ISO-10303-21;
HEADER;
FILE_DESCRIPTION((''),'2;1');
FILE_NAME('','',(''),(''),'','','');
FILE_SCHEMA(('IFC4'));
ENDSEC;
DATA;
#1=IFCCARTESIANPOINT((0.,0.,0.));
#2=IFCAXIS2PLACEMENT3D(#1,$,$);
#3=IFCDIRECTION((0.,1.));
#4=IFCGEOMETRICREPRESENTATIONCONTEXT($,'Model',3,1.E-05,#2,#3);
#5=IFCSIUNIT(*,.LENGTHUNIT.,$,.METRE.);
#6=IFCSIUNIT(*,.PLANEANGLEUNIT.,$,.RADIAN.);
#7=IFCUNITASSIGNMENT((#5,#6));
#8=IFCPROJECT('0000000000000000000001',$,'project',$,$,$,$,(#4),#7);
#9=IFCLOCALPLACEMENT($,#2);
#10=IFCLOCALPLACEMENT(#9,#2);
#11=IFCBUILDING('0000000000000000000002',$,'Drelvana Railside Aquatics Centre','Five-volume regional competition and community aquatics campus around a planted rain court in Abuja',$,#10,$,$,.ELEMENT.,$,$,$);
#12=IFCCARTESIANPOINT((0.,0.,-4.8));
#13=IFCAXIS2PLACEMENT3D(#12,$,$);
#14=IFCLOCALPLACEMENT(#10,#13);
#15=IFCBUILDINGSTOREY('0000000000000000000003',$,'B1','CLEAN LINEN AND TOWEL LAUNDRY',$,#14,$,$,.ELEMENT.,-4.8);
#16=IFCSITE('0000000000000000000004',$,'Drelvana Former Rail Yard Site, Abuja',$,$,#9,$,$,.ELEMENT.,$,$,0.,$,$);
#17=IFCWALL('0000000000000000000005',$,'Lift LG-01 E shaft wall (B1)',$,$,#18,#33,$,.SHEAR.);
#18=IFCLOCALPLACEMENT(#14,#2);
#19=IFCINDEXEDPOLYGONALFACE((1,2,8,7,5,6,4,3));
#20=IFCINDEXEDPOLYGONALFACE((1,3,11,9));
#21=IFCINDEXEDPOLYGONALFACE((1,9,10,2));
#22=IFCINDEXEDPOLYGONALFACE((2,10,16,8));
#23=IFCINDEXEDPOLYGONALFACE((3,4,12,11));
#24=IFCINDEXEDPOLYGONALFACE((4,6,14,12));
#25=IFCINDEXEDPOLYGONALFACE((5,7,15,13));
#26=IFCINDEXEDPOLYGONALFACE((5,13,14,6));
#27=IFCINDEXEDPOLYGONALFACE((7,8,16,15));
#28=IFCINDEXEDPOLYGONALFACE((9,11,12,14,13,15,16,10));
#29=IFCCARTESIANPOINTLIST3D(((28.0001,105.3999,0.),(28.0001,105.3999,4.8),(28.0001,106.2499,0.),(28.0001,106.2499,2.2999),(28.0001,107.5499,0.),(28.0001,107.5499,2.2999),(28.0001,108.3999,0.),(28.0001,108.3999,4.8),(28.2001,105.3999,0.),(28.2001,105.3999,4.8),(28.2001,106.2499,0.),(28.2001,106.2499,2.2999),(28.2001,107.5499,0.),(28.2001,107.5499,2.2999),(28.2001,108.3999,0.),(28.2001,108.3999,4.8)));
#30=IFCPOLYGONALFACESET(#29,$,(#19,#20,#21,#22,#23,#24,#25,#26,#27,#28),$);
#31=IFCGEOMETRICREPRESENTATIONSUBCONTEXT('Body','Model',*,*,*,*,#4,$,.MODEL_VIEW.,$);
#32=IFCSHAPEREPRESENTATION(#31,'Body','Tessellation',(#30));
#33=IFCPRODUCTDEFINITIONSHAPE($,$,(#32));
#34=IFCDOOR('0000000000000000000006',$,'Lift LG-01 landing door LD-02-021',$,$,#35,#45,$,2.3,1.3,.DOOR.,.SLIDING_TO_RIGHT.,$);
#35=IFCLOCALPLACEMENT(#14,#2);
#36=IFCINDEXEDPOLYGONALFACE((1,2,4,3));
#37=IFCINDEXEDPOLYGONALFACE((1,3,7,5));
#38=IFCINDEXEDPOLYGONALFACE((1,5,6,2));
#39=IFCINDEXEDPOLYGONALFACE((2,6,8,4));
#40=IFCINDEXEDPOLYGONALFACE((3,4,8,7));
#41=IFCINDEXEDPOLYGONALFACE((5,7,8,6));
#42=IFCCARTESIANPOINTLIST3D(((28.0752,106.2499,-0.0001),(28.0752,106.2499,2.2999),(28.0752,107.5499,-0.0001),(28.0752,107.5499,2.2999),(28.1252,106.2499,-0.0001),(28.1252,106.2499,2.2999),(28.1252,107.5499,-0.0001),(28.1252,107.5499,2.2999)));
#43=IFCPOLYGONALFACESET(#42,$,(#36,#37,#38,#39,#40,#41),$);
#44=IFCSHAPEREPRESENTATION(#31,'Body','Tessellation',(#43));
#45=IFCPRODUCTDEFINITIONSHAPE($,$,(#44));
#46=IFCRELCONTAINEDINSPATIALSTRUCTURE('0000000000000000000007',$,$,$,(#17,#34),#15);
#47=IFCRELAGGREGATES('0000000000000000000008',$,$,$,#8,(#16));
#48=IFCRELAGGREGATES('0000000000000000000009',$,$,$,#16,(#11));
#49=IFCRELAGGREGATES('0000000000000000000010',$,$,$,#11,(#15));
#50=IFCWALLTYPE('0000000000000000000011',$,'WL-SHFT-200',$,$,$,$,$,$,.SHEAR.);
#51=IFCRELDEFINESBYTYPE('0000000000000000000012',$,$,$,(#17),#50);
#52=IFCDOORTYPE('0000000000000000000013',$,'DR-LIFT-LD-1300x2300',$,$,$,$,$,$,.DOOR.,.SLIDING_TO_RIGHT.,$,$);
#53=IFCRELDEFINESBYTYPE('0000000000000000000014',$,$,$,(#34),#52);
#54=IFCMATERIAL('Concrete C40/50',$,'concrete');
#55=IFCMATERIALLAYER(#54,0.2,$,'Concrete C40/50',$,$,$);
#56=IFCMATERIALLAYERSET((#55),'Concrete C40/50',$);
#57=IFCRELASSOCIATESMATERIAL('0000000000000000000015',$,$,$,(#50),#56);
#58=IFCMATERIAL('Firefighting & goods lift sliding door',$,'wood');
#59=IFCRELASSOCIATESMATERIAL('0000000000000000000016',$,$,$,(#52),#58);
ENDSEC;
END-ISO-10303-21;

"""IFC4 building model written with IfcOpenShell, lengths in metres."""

from ifc_helpers import new_model, si_unit, direction, frame, frame_2d, origin, place, context, subcontext, project, spatial, rectangle, extrude, material, layer, layer_set, type_object, element, fill, save


model = new_model("IFC4")

# Units and contexts
model_context = context("Model", 3, precision=1e-05, world=origin(), true_north=direction((0.0, 1.0)))
body_context = subcontext(model_context, "Body", "Model", "MODEL_VIEW")
ifc_project = project(units=[si_unit("LENGTHUNIT", "METRE"), si_unit("PLANEANGLEUNIT", "RADIAN")], contexts=[model_context])

# Site, building, storey
site_placement = place(None, origin())
site = spatial("IfcSite", under=ifc_project, at=site_placement, Name="Drelvana Former Rail Yard Site, Abuja", CompositionType="ELEMENT", RefElevation=0.0)
building_placement = place(site_placement, origin())
building = spatial("IfcBuilding", under=site, at=building_placement, Name="Drelvana Railside Aquatics Centre", Description="Five-volume regional competition and community aquatics campus around a planted rain court in Abuja", CompositionType="ELEMENT")
storey_placement = place(building_placement, frame((0.0, 0.0, -4.8)))
storey = spatial("IfcBuildingStorey", under=building, at=storey_placement, Name="B1", Description="CLEAN LINEN AND TOWEL LAUNDRY", CompositionType="ELEMENT", Elevation=-4.8)

# Shared definitions
ifc_material_1 = material(Name="Concrete C40/50", Category="concrete")

# Shared definitions
ifc_layer_1 = layer(ifc_material_1, 0.2, Name="Concrete C40/50")
ifc_layer_set_1 = layer_set([ifc_layer_1], Name="Concrete C40/50")
wall_type_1 = type_object("IfcWallType", Name="WL-SHFT-200", PredefinedType="SHEAR", material=ifc_layer_set_1)

# Wall, opening, door
wall_1_placement = place(storey_placement, frame((28.1001, 105.3999, 0.0), z_axis=(0.0, 0.0, 1.0), x_axis=(0.0, 1.0, 0.0)))
wall_1 = element("IfcWall", 1, at=wall_1_placement, inside=storey, type_object=wall_type_1, Name="Lift LG-01 E shaft wall (B1)", PredefinedType="SHEAR", context=body_context, shape_type="SweptSolid", body=[
    extrude(rectangle(XDim=3.0, YDim=0.2, at=frame_2d((1.5, 0.0))), origin(), (0.0, 0.0, 1.0), 4.8),
])
opening_1_placement = place(wall_1_placement, frame((0.8501, 0.0, 0.0)))
opening_1 = element("IfcOpeningElement", 2, at=opening_1_placement, cuts=wall_1, PredefinedType="OPENING", context=body_context, shape_type="SweptSolid", body=[
    extrude(rectangle(XDim=1.3, YDim=2.3, at=frame_2d((0.6499, 1.1499))), frame((0.0, 0.1099, 0.0), z_axis=(0.0, -1.0, 0.0), x_axis=(1.0, 0.0, 0.0)), (0.0, 0.0, 1.0), 0.22),
])
ifc_material_2 = material(Name="Firefighting & goods lift sliding door", Category="wood")
door_type_1 = type_object("IfcDoorType", Name="DR-LIFT-LD-1300x2300", OperationType="SLIDING_TO_RIGHT", PredefinedType="DOOR", material=ifc_material_2)
door_1_placement = place(opening_1_placement, origin())
door_1 = element("IfcDoor", 3, at=door_1_placement, inside=storey, type_object=door_type_1, Name="Lift LG-01 landing door LD-02-021", OperationType="SLIDING_TO_RIGHT", OverallHeight=2.3, OverallWidth=1.3, PredefinedType="DOOR", context=body_context, shape_type="SweptSolid", body=[
    extrude(rectangle(XDim=1.3, YDim=2.3, at=frame_2d((0.6499, 1.1499))), frame((0.0, 0.0249, 0.0), z_axis=(0.0, -1.0, 0.0), x_axis=(1.0, 0.0, 0.0)), (0.0, 0.0, 1.0), 0.05),
])
fill(opening_1, door_1)

save(model, "model.ifc")
